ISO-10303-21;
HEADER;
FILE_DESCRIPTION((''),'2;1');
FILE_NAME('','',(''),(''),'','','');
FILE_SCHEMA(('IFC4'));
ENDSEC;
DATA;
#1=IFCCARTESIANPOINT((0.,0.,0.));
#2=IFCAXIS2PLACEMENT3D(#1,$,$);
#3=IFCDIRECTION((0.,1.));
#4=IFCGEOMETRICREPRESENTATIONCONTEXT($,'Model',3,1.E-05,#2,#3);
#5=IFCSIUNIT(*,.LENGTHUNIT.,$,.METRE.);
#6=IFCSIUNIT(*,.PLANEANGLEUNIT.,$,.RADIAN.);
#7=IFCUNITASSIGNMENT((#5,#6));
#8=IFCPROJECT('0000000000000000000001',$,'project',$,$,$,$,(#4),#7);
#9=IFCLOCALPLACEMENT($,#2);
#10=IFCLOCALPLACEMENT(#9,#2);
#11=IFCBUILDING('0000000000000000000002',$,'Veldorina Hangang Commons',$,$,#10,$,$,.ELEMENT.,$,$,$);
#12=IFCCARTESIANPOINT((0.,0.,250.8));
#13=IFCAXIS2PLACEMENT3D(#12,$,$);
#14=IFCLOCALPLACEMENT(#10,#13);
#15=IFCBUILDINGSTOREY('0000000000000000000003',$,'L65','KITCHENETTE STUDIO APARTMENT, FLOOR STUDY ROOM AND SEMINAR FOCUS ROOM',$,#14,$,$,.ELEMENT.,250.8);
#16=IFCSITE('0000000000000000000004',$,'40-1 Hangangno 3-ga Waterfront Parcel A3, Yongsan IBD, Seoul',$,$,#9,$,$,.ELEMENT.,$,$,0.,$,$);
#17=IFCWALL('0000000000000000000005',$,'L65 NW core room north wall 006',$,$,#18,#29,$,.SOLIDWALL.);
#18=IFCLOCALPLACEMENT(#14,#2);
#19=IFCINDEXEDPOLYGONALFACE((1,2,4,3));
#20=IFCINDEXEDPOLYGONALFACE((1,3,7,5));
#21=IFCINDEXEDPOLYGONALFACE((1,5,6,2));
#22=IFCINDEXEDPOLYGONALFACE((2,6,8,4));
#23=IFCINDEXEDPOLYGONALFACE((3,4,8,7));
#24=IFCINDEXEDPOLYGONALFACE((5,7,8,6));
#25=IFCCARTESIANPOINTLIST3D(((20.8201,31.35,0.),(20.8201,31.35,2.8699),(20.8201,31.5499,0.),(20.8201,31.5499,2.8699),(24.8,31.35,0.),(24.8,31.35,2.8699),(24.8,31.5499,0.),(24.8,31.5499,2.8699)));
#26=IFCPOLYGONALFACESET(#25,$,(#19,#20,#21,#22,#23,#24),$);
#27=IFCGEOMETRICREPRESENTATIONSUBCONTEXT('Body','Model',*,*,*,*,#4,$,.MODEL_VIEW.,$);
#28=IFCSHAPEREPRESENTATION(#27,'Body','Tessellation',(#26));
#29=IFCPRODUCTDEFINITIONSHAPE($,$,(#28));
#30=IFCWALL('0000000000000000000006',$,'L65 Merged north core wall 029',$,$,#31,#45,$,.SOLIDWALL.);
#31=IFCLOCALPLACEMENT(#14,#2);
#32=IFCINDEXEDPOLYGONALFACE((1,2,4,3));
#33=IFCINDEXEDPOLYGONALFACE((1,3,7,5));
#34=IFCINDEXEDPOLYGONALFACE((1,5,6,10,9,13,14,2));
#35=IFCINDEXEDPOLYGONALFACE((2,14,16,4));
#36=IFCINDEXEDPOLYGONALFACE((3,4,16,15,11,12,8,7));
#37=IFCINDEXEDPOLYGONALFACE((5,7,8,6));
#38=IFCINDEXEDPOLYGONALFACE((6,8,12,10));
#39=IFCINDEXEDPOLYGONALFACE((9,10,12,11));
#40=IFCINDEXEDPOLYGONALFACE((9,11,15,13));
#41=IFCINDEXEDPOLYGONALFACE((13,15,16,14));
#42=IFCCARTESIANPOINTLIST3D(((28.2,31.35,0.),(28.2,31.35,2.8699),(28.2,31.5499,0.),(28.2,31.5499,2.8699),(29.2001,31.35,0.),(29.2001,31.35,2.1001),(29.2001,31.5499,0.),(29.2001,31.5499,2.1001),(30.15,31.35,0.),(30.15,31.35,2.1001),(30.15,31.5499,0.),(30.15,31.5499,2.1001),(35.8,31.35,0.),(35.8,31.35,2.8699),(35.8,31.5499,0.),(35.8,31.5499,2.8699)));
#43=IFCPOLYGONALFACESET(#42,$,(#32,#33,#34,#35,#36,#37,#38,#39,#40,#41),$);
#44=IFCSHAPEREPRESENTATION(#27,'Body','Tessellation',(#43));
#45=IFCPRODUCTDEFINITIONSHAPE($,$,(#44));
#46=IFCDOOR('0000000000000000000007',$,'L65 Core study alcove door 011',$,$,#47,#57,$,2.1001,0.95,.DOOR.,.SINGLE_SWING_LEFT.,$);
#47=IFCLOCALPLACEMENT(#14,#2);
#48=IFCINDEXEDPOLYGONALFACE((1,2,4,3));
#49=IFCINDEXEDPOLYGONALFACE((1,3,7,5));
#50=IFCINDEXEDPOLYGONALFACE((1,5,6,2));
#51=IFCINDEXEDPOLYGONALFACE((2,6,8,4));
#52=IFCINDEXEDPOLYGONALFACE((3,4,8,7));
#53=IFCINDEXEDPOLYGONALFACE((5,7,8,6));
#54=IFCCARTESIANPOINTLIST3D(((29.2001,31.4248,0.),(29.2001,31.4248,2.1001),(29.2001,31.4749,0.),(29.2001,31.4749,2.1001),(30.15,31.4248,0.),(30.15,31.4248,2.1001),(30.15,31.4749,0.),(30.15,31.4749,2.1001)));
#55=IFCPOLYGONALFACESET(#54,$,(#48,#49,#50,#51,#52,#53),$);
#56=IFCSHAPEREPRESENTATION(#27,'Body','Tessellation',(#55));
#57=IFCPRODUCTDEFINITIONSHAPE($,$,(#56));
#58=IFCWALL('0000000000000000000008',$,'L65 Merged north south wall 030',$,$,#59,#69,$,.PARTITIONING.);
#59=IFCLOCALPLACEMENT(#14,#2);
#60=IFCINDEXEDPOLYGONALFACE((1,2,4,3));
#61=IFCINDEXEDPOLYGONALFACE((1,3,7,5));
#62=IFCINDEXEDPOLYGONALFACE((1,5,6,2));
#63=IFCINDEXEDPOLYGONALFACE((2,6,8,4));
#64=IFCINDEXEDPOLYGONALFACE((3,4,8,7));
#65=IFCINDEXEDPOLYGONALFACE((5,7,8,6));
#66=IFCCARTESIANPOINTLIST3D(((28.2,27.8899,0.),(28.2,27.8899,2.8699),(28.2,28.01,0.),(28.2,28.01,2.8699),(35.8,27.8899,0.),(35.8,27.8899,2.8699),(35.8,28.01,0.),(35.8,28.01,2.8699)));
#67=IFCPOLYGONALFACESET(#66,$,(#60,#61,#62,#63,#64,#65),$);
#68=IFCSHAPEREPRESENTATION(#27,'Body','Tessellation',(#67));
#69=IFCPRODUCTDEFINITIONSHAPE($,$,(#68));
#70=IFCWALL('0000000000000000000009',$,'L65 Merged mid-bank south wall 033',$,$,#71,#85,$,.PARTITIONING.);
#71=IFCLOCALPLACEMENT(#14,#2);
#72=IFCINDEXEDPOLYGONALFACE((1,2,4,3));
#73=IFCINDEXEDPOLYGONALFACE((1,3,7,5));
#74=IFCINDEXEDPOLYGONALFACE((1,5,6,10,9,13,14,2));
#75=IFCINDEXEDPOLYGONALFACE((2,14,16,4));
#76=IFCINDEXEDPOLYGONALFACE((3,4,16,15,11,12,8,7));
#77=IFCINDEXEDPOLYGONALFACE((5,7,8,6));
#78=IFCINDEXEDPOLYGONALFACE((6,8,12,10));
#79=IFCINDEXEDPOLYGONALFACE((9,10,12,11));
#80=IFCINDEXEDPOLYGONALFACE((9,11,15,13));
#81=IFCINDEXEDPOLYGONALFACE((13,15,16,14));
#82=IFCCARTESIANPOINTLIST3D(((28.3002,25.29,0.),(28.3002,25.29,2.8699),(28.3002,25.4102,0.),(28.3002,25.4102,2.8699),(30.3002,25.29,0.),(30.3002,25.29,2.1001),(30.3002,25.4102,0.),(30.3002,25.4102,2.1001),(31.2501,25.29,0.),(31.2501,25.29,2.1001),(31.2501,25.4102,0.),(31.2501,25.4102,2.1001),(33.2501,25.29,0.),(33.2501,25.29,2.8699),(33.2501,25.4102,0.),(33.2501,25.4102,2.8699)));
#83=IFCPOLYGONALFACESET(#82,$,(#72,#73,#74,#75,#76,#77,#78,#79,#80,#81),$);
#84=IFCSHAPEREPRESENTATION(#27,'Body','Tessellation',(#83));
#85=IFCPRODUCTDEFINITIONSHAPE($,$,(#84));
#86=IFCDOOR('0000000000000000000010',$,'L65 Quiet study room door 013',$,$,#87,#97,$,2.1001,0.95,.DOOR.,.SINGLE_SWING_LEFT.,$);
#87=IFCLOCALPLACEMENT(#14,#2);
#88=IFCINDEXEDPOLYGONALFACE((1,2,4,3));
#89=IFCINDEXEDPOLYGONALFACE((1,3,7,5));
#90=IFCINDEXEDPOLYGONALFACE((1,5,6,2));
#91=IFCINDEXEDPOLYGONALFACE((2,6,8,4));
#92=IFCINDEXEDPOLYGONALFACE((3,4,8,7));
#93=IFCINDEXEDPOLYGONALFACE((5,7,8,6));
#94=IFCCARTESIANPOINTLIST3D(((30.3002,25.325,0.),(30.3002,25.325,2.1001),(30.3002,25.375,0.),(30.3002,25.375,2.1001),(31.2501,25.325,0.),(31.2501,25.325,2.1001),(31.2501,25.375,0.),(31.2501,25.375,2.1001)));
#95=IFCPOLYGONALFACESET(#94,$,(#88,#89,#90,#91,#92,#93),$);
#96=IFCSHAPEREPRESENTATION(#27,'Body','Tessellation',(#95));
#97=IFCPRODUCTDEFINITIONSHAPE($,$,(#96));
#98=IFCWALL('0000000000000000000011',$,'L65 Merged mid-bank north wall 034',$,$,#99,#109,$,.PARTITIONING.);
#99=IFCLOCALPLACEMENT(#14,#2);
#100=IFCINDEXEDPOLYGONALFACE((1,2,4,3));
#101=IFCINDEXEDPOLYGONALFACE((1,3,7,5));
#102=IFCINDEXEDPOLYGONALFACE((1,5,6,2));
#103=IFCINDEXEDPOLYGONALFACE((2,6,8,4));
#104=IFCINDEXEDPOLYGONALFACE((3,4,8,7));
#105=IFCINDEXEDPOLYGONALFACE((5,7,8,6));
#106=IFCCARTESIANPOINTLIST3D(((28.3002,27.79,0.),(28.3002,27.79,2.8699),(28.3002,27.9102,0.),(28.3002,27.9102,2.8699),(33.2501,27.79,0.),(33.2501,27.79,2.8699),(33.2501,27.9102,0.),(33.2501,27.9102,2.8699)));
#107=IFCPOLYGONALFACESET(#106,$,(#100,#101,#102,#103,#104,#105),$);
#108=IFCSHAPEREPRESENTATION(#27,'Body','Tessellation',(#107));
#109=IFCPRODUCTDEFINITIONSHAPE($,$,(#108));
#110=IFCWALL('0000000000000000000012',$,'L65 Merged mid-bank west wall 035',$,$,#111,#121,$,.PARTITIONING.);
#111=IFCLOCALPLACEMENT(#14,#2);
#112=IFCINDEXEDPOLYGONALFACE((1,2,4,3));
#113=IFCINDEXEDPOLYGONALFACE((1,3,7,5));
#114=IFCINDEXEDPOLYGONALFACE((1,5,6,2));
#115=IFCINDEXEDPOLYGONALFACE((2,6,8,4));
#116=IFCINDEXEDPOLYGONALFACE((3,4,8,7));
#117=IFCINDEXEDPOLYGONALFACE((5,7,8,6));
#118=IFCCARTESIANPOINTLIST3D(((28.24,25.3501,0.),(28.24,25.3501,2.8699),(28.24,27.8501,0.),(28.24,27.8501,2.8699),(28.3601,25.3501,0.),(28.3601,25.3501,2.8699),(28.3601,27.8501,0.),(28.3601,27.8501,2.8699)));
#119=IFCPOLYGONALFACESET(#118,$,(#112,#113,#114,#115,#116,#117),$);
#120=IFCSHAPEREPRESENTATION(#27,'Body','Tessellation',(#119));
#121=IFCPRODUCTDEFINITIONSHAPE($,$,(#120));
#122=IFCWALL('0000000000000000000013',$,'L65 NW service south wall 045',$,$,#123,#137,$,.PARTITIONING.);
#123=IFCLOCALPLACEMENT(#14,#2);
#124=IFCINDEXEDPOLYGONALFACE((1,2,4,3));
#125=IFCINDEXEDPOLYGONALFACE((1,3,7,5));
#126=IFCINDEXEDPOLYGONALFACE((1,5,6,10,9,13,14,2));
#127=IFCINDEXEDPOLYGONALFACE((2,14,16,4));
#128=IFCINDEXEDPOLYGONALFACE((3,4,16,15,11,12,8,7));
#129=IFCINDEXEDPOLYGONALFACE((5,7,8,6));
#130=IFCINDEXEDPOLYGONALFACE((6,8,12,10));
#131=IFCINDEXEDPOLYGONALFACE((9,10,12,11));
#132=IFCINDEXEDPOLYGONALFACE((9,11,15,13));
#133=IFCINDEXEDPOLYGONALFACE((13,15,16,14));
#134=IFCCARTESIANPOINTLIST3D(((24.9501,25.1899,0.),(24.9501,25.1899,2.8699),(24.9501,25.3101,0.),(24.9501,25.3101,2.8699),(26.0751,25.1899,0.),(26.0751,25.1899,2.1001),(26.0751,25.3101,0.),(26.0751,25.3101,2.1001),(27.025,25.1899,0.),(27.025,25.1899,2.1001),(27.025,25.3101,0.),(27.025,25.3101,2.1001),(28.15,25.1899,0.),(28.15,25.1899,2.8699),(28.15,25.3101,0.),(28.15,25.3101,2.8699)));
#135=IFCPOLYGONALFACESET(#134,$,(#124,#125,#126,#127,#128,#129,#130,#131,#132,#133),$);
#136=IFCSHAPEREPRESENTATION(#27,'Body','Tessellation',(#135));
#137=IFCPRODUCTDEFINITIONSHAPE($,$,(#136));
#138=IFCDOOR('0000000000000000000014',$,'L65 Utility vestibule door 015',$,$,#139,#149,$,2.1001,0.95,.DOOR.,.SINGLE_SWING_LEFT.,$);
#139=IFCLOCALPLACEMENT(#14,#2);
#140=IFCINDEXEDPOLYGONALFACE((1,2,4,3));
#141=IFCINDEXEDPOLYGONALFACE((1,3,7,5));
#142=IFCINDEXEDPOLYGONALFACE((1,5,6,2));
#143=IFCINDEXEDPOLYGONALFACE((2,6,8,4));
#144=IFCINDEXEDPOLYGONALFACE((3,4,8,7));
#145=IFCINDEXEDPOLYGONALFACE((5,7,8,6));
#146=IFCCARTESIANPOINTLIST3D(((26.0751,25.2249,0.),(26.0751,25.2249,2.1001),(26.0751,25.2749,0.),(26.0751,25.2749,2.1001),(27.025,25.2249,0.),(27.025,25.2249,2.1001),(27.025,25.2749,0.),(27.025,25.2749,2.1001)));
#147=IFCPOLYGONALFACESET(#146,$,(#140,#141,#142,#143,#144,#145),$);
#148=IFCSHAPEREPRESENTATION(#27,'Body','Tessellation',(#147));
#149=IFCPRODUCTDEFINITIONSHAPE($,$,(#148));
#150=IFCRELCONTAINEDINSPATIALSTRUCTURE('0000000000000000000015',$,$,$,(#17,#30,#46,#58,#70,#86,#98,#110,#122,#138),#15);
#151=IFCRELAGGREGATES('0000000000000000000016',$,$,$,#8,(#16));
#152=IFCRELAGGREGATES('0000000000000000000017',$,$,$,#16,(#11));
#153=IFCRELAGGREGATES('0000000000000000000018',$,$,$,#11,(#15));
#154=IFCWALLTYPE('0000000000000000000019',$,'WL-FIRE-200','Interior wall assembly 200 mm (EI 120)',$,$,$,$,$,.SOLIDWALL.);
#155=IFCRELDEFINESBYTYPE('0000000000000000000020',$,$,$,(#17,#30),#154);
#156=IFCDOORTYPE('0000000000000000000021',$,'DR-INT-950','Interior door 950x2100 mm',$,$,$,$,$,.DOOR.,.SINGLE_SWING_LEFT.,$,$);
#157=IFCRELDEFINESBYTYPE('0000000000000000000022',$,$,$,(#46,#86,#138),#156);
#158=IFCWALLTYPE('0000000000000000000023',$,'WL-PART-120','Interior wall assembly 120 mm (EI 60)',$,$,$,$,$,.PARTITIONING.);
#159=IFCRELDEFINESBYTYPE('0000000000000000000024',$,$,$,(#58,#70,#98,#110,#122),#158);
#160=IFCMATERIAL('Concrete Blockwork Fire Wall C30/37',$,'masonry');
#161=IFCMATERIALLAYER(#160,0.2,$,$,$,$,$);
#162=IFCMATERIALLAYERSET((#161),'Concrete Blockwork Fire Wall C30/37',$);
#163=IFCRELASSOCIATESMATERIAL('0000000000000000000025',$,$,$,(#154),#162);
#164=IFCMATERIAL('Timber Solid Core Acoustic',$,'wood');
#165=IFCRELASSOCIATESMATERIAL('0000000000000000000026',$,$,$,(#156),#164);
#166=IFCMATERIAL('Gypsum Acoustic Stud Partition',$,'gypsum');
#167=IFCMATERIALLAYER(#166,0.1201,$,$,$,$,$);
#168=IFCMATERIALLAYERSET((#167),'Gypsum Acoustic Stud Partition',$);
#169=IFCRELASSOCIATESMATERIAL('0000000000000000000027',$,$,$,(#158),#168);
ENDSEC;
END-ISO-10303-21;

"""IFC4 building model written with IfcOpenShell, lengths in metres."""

from ifc_helpers import new_model, si_unit, direction, frame, frame_2d, origin, place, context, subcontext, project, spatial, rectangle, extrude, material, layer, layer_set, type_object, element, fill, save


model = new_model("IFC4")

# Units and contexts
model_context = context("Model", 3, precision=1e-05, world=origin(), true_north=direction((0.0, 1.0)))
body_context = subcontext(model_context, "Body", "Model", "MODEL_VIEW")
ifc_project = project(units=[si_unit("LENGTHUNIT", "METRE"), si_unit("PLANEANGLEUNIT", "RADIAN")], contexts=[model_context])

# Site, building, storey
site_placement = place(None, origin())
site = spatial("IfcSite", under=ifc_project, at=site_placement, Name="40-1 Hangangno 3-ga Waterfront Parcel A3, Yongsan IBD, Seoul", CompositionType="ELEMENT", RefElevation=0.0)
building_placement = place(site_placement, origin())
building = spatial("IfcBuilding", under=site, at=building_placement, Name="Veldorina Hangang Commons", CompositionType="ELEMENT")
storey_placement = place(building_placement, frame((0.0, 0.0, 250.8)))
storey = spatial("IfcBuildingStorey", under=building, at=storey_placement, Name="L65", Description="KITCHENETTE STUDIO APARTMENT, FLOOR STUDY ROOM AND SEMINAR FOCUS ROOM", CompositionType="ELEMENT", Elevation=250.8)

# Shared definitions
ifc_material_1 = material(Name="Concrete Blockwork Fire Wall C30/37", Category="masonry")
ifc_layer_1 = layer(ifc_material_1, 0.2)
ifc_layer_set_1 = layer_set([ifc_layer_1], Name="Concrete Blockwork Fire Wall C30/37")
wall_type_1 = type_object("IfcWallType", Name="WL-FIRE-200", Description="Interior wall assembly 200 mm (EI 120)", PredefinedType="SOLIDWALL", material=ifc_layer_set_1)

# Wall
wall_1_placement = place(storey_placement, frame((20.8201, 31.45, 0.0), z_axis=(0.0, 0.0, 1.0), x_axis=(1.0, 0.0, 0.0)))
element("IfcWall", 1, at=wall_1_placement, inside=storey, type_object=wall_type_1, Name="L65 NW core room north wall 006", PredefinedType="SOLIDWALL", context=body_context, shape_type="SweptSolid", body=[
    extrude(rectangle(XDim=3.98, YDim=0.2, at=frame_2d((1.99, 0.0))), origin(), (0.0, 0.0, 1.0), 2.8699),
])

# Wall, opening, door
wall_2_placement = place(storey_placement, frame((28.2, 31.45, 0.0), z_axis=(0.0, 0.0, 1.0), x_axis=(1.0, 0.0, 0.0)))
wall_2 = element("IfcWall", 2, at=wall_2_placement, inside=storey, type_object=wall_type_1, Name="L65 Merged north core wall 029", PredefinedType="SOLIDWALL", context=body_context, shape_type="SweptSolid", body=[
    extrude(rectangle(XDim=7.6001, YDim=0.2, at=frame_2d((3.8, 0.0))), origin(), (0.0, 0.0, 1.0), 2.8699),
])
opening_1_placement = place(wall_2_placement, frame((1.0, 0.0, 0.0)))
opening_1 = element("IfcOpeningElement", 3, at=opening_1_placement, cuts=wall_2, PredefinedType="OPENING", context=body_context, shape_type="SweptSolid", body=[
    extrude(rectangle(XDim=0.95, YDim=2.1001, at=frame_2d((0.4751, 1.05))), frame((0.0, 0.1099, 0.0), z_axis=(0.0, -1.0, 0.0), x_axis=(1.0, 0.0, 0.0)), (0.0, 0.0, 1.0), 0.22),
])
ifc_material_2 = material(Name="Timber Solid Core Acoustic", Category="wood")
door_type_1 = type_object("IfcDoorType", Name="DR-INT-950", Description="Interior door 950x2100 mm", OperationType="SINGLE_SWING_LEFT", PredefinedType="DOOR", material=ifc_material_2)
door_1_placement = place(opening_1_placement, origin())
door_1 = element("IfcDoor", 4, at=door_1_placement, inside=storey, type_object=door_type_1, Name="L65 Core study alcove door 011", OperationType="SINGLE_SWING_LEFT", OverallHeight=2.1001, OverallWidth=0.95, PredefinedType="DOOR", context=body_context, shape_type="SweptSolid", body=[
    extrude(rectangle(XDim=0.95, YDim=2.1001, at=frame_2d((0.4751, 1.05))), frame((0.0, 0.0249, 0.0), z_axis=(0.0, -1.0, 0.0), x_axis=(1.0, 0.0, 0.0)), (0.0, 0.0, 1.0), 0.05),
])
fill(opening_1, door_1)

# Wall
ifc_material_3 = material(Name="Gypsum Acoustic Stud Partition", Category="gypsum")
ifc_layer_2 = layer(ifc_material_3, 0.1201)
ifc_layer_set_2 = layer_set([ifc_layer_2], Name="Gypsum Acoustic Stud Partition")
wall_type_2 = type_object("IfcWallType", Name="WL-PART-120", Description="Interior wall assembly 120 mm (EI 60)", PredefinedType="PARTITIONING", material=ifc_layer_set_2)
wall_3_placement = place(storey_placement, frame((28.2, 27.95, 0.0), z_axis=(0.0, 0.0, 1.0), x_axis=(1.0, 0.0, 0.0)))
element("IfcWall", 5, at=wall_3_placement, inside=storey, type_object=wall_type_2, Name="L65 Merged north south wall 030", PredefinedType="PARTITIONING", context=body_context, shape_type="SweptSolid", body=[
    extrude(rectangle(XDim=7.6001, YDim=0.1201, at=frame_2d((3.8, 0.0))), origin(), (0.0, 0.0, 1.0), 2.8699),
])

# Wall, opening, door
wall_4_placement = place(storey_placement, frame((28.3, 25.3501, 0.0), z_axis=(0.0, 0.0, 1.0), x_axis=(1.0, 0.0, 0.0)))
wall_4 = element("IfcWall", 6, at=wall_4_placement, inside=storey, type_object=wall_type_2, Name="L65 Merged mid-bank south wall 033", PredefinedType="PARTITIONING", context=body_context, shape_type="SweptSolid", body=[
    extrude(rectangle(XDim=4.95, YDim=0.1201, at=frame_2d((2.4751, 0.0))), origin(), (0.0, 0.0, 1.0), 2.8699),
])
opening_2_placement = place(wall_4_placement, frame((2.0, 0.0, 0.0)))
opening_2 = element("IfcOpeningElement", 7, at=opening_2_placement, cuts=wall_4, PredefinedType="OPENING", context=body_context, shape_type="SweptSolid", body=[
    extrude(rectangle(XDim=0.95, YDim=2.1001, at=frame_2d((0.4751, 1.05))), frame((0.0, 0.0701, 0.0), z_axis=(0.0, -1.0, 0.0), x_axis=(1.0, 0.0, 0.0)), (0.0, 0.0, 1.0), 0.1401),
])
door_2_placement = place(opening_2_placement, origin())
door_2 = element("IfcDoor", 8, at=door_2_placement, inside=storey, type_object=door_type_1, Name="L65 Quiet study room door 013", OperationType="SINGLE_SWING_LEFT", OverallHeight=2.1001, OverallWidth=0.95, PredefinedType="DOOR", context=body_context, shape_type="SweptSolid", body=[
    extrude(rectangle(XDim=0.95, YDim=2.1001, at=frame_2d((0.4751, 1.05))), frame((0.0, 0.0249, 0.0), z_axis=(0.0, -1.0, 0.0), x_axis=(1.0, 0.0, 0.0)), (0.0, 0.0, 1.0), 0.05),
])
fill(opening_2, door_2)

# Walls
wall_5_placement = place(storey_placement, frame((28.3, 27.8501, 0.0), z_axis=(0.0, 0.0, 1.0), x_axis=(1.0, 0.0, 0.0)))
element("IfcWall", 9, at=wall_5_placement, inside=storey, type_object=wall_type_2, Name="L65 Merged mid-bank north wall 034", PredefinedType="PARTITIONING", context=body_context, shape_type="SweptSolid", body=[
    extrude(rectangle(XDim=4.95, YDim=0.1201, at=frame_2d((2.4751, 0.0))), origin(), (0.0, 0.0, 1.0), 2.8699),
])
wall_6_placement = place(storey_placement, frame((28.3, 25.3501, 0.0), z_axis=(0.0, 0.0, 1.0), x_axis=(0.0, 1.0, 0.0)))
element("IfcWall", 10, at=wall_6_placement, inside=storey, type_object=wall_type_2, Name="L65 Merged mid-bank west wall 035", PredefinedType="PARTITIONING", context=body_context, shape_type="SweptSolid", body=[
    extrude(rectangle(XDim=2.5, YDim=0.1201, at=frame_2d((1.25, 0.0))), origin(), (0.0, 0.0, 1.0), 2.8699),
])

# Wall, opening, door
wall_7_placement = place(storey_placement, frame((24.95, 25.25, 0.0), z_axis=(0.0, 0.0, 1.0), x_axis=(1.0, 0.0, 0.0)))
wall_7 = element("IfcWall", 11, at=wall_7_placement, inside=storey, type_object=wall_type_2, Name="L65 NW service south wall 045", PredefinedType="PARTITIONING", context=body_context, shape_type="SweptSolid", body=[
    extrude(rectangle(XDim=3.2, YDim=0.1201, at=frame_2d((1.6001, 0.0))), origin(), (0.0, 0.0, 1.0), 2.8699),
])
opening_3_placement = place(wall_7_placement, frame((1.125, 0.0, 0.0)))
opening_3 = element("IfcOpeningElement", 12, at=opening_3_placement, cuts=wall_7, PredefinedType="OPENING", context=body_context, shape_type="SweptSolid", body=[
    extrude(rectangle(XDim=0.95, YDim=2.1001, at=frame_2d((0.4751, 1.05))), frame((0.0, 0.0701, 0.0), z_axis=(0.0, -1.0, 0.0), x_axis=(1.0, 0.0, 0.0)), (0.0, 0.0, 1.0), 0.1401),
])
door_3_placement = place(opening_3_placement, origin())
door_3 = element("IfcDoor", 13, at=door_3_placement, inside=storey, type_object=door_type_1, Name="L65 Utility vestibule door 015", OperationType="SINGLE_SWING_LEFT", OverallHeight=2.1001, OverallWidth=0.95, PredefinedType="DOOR", context=body_context, shape_type="SweptSolid", body=[
    extrude(rectangle(XDim=0.95, YDim=2.1001, at=frame_2d((0.4751, 1.05))), frame((0.0, 0.0249, 0.0), z_axis=(0.0, -1.0, 0.0), x_axis=(1.0, 0.0, 0.0)), (0.0, 0.0, 1.0), 0.05),
])
fill(opening_3, door_3)

save(model, "model.ifc")
